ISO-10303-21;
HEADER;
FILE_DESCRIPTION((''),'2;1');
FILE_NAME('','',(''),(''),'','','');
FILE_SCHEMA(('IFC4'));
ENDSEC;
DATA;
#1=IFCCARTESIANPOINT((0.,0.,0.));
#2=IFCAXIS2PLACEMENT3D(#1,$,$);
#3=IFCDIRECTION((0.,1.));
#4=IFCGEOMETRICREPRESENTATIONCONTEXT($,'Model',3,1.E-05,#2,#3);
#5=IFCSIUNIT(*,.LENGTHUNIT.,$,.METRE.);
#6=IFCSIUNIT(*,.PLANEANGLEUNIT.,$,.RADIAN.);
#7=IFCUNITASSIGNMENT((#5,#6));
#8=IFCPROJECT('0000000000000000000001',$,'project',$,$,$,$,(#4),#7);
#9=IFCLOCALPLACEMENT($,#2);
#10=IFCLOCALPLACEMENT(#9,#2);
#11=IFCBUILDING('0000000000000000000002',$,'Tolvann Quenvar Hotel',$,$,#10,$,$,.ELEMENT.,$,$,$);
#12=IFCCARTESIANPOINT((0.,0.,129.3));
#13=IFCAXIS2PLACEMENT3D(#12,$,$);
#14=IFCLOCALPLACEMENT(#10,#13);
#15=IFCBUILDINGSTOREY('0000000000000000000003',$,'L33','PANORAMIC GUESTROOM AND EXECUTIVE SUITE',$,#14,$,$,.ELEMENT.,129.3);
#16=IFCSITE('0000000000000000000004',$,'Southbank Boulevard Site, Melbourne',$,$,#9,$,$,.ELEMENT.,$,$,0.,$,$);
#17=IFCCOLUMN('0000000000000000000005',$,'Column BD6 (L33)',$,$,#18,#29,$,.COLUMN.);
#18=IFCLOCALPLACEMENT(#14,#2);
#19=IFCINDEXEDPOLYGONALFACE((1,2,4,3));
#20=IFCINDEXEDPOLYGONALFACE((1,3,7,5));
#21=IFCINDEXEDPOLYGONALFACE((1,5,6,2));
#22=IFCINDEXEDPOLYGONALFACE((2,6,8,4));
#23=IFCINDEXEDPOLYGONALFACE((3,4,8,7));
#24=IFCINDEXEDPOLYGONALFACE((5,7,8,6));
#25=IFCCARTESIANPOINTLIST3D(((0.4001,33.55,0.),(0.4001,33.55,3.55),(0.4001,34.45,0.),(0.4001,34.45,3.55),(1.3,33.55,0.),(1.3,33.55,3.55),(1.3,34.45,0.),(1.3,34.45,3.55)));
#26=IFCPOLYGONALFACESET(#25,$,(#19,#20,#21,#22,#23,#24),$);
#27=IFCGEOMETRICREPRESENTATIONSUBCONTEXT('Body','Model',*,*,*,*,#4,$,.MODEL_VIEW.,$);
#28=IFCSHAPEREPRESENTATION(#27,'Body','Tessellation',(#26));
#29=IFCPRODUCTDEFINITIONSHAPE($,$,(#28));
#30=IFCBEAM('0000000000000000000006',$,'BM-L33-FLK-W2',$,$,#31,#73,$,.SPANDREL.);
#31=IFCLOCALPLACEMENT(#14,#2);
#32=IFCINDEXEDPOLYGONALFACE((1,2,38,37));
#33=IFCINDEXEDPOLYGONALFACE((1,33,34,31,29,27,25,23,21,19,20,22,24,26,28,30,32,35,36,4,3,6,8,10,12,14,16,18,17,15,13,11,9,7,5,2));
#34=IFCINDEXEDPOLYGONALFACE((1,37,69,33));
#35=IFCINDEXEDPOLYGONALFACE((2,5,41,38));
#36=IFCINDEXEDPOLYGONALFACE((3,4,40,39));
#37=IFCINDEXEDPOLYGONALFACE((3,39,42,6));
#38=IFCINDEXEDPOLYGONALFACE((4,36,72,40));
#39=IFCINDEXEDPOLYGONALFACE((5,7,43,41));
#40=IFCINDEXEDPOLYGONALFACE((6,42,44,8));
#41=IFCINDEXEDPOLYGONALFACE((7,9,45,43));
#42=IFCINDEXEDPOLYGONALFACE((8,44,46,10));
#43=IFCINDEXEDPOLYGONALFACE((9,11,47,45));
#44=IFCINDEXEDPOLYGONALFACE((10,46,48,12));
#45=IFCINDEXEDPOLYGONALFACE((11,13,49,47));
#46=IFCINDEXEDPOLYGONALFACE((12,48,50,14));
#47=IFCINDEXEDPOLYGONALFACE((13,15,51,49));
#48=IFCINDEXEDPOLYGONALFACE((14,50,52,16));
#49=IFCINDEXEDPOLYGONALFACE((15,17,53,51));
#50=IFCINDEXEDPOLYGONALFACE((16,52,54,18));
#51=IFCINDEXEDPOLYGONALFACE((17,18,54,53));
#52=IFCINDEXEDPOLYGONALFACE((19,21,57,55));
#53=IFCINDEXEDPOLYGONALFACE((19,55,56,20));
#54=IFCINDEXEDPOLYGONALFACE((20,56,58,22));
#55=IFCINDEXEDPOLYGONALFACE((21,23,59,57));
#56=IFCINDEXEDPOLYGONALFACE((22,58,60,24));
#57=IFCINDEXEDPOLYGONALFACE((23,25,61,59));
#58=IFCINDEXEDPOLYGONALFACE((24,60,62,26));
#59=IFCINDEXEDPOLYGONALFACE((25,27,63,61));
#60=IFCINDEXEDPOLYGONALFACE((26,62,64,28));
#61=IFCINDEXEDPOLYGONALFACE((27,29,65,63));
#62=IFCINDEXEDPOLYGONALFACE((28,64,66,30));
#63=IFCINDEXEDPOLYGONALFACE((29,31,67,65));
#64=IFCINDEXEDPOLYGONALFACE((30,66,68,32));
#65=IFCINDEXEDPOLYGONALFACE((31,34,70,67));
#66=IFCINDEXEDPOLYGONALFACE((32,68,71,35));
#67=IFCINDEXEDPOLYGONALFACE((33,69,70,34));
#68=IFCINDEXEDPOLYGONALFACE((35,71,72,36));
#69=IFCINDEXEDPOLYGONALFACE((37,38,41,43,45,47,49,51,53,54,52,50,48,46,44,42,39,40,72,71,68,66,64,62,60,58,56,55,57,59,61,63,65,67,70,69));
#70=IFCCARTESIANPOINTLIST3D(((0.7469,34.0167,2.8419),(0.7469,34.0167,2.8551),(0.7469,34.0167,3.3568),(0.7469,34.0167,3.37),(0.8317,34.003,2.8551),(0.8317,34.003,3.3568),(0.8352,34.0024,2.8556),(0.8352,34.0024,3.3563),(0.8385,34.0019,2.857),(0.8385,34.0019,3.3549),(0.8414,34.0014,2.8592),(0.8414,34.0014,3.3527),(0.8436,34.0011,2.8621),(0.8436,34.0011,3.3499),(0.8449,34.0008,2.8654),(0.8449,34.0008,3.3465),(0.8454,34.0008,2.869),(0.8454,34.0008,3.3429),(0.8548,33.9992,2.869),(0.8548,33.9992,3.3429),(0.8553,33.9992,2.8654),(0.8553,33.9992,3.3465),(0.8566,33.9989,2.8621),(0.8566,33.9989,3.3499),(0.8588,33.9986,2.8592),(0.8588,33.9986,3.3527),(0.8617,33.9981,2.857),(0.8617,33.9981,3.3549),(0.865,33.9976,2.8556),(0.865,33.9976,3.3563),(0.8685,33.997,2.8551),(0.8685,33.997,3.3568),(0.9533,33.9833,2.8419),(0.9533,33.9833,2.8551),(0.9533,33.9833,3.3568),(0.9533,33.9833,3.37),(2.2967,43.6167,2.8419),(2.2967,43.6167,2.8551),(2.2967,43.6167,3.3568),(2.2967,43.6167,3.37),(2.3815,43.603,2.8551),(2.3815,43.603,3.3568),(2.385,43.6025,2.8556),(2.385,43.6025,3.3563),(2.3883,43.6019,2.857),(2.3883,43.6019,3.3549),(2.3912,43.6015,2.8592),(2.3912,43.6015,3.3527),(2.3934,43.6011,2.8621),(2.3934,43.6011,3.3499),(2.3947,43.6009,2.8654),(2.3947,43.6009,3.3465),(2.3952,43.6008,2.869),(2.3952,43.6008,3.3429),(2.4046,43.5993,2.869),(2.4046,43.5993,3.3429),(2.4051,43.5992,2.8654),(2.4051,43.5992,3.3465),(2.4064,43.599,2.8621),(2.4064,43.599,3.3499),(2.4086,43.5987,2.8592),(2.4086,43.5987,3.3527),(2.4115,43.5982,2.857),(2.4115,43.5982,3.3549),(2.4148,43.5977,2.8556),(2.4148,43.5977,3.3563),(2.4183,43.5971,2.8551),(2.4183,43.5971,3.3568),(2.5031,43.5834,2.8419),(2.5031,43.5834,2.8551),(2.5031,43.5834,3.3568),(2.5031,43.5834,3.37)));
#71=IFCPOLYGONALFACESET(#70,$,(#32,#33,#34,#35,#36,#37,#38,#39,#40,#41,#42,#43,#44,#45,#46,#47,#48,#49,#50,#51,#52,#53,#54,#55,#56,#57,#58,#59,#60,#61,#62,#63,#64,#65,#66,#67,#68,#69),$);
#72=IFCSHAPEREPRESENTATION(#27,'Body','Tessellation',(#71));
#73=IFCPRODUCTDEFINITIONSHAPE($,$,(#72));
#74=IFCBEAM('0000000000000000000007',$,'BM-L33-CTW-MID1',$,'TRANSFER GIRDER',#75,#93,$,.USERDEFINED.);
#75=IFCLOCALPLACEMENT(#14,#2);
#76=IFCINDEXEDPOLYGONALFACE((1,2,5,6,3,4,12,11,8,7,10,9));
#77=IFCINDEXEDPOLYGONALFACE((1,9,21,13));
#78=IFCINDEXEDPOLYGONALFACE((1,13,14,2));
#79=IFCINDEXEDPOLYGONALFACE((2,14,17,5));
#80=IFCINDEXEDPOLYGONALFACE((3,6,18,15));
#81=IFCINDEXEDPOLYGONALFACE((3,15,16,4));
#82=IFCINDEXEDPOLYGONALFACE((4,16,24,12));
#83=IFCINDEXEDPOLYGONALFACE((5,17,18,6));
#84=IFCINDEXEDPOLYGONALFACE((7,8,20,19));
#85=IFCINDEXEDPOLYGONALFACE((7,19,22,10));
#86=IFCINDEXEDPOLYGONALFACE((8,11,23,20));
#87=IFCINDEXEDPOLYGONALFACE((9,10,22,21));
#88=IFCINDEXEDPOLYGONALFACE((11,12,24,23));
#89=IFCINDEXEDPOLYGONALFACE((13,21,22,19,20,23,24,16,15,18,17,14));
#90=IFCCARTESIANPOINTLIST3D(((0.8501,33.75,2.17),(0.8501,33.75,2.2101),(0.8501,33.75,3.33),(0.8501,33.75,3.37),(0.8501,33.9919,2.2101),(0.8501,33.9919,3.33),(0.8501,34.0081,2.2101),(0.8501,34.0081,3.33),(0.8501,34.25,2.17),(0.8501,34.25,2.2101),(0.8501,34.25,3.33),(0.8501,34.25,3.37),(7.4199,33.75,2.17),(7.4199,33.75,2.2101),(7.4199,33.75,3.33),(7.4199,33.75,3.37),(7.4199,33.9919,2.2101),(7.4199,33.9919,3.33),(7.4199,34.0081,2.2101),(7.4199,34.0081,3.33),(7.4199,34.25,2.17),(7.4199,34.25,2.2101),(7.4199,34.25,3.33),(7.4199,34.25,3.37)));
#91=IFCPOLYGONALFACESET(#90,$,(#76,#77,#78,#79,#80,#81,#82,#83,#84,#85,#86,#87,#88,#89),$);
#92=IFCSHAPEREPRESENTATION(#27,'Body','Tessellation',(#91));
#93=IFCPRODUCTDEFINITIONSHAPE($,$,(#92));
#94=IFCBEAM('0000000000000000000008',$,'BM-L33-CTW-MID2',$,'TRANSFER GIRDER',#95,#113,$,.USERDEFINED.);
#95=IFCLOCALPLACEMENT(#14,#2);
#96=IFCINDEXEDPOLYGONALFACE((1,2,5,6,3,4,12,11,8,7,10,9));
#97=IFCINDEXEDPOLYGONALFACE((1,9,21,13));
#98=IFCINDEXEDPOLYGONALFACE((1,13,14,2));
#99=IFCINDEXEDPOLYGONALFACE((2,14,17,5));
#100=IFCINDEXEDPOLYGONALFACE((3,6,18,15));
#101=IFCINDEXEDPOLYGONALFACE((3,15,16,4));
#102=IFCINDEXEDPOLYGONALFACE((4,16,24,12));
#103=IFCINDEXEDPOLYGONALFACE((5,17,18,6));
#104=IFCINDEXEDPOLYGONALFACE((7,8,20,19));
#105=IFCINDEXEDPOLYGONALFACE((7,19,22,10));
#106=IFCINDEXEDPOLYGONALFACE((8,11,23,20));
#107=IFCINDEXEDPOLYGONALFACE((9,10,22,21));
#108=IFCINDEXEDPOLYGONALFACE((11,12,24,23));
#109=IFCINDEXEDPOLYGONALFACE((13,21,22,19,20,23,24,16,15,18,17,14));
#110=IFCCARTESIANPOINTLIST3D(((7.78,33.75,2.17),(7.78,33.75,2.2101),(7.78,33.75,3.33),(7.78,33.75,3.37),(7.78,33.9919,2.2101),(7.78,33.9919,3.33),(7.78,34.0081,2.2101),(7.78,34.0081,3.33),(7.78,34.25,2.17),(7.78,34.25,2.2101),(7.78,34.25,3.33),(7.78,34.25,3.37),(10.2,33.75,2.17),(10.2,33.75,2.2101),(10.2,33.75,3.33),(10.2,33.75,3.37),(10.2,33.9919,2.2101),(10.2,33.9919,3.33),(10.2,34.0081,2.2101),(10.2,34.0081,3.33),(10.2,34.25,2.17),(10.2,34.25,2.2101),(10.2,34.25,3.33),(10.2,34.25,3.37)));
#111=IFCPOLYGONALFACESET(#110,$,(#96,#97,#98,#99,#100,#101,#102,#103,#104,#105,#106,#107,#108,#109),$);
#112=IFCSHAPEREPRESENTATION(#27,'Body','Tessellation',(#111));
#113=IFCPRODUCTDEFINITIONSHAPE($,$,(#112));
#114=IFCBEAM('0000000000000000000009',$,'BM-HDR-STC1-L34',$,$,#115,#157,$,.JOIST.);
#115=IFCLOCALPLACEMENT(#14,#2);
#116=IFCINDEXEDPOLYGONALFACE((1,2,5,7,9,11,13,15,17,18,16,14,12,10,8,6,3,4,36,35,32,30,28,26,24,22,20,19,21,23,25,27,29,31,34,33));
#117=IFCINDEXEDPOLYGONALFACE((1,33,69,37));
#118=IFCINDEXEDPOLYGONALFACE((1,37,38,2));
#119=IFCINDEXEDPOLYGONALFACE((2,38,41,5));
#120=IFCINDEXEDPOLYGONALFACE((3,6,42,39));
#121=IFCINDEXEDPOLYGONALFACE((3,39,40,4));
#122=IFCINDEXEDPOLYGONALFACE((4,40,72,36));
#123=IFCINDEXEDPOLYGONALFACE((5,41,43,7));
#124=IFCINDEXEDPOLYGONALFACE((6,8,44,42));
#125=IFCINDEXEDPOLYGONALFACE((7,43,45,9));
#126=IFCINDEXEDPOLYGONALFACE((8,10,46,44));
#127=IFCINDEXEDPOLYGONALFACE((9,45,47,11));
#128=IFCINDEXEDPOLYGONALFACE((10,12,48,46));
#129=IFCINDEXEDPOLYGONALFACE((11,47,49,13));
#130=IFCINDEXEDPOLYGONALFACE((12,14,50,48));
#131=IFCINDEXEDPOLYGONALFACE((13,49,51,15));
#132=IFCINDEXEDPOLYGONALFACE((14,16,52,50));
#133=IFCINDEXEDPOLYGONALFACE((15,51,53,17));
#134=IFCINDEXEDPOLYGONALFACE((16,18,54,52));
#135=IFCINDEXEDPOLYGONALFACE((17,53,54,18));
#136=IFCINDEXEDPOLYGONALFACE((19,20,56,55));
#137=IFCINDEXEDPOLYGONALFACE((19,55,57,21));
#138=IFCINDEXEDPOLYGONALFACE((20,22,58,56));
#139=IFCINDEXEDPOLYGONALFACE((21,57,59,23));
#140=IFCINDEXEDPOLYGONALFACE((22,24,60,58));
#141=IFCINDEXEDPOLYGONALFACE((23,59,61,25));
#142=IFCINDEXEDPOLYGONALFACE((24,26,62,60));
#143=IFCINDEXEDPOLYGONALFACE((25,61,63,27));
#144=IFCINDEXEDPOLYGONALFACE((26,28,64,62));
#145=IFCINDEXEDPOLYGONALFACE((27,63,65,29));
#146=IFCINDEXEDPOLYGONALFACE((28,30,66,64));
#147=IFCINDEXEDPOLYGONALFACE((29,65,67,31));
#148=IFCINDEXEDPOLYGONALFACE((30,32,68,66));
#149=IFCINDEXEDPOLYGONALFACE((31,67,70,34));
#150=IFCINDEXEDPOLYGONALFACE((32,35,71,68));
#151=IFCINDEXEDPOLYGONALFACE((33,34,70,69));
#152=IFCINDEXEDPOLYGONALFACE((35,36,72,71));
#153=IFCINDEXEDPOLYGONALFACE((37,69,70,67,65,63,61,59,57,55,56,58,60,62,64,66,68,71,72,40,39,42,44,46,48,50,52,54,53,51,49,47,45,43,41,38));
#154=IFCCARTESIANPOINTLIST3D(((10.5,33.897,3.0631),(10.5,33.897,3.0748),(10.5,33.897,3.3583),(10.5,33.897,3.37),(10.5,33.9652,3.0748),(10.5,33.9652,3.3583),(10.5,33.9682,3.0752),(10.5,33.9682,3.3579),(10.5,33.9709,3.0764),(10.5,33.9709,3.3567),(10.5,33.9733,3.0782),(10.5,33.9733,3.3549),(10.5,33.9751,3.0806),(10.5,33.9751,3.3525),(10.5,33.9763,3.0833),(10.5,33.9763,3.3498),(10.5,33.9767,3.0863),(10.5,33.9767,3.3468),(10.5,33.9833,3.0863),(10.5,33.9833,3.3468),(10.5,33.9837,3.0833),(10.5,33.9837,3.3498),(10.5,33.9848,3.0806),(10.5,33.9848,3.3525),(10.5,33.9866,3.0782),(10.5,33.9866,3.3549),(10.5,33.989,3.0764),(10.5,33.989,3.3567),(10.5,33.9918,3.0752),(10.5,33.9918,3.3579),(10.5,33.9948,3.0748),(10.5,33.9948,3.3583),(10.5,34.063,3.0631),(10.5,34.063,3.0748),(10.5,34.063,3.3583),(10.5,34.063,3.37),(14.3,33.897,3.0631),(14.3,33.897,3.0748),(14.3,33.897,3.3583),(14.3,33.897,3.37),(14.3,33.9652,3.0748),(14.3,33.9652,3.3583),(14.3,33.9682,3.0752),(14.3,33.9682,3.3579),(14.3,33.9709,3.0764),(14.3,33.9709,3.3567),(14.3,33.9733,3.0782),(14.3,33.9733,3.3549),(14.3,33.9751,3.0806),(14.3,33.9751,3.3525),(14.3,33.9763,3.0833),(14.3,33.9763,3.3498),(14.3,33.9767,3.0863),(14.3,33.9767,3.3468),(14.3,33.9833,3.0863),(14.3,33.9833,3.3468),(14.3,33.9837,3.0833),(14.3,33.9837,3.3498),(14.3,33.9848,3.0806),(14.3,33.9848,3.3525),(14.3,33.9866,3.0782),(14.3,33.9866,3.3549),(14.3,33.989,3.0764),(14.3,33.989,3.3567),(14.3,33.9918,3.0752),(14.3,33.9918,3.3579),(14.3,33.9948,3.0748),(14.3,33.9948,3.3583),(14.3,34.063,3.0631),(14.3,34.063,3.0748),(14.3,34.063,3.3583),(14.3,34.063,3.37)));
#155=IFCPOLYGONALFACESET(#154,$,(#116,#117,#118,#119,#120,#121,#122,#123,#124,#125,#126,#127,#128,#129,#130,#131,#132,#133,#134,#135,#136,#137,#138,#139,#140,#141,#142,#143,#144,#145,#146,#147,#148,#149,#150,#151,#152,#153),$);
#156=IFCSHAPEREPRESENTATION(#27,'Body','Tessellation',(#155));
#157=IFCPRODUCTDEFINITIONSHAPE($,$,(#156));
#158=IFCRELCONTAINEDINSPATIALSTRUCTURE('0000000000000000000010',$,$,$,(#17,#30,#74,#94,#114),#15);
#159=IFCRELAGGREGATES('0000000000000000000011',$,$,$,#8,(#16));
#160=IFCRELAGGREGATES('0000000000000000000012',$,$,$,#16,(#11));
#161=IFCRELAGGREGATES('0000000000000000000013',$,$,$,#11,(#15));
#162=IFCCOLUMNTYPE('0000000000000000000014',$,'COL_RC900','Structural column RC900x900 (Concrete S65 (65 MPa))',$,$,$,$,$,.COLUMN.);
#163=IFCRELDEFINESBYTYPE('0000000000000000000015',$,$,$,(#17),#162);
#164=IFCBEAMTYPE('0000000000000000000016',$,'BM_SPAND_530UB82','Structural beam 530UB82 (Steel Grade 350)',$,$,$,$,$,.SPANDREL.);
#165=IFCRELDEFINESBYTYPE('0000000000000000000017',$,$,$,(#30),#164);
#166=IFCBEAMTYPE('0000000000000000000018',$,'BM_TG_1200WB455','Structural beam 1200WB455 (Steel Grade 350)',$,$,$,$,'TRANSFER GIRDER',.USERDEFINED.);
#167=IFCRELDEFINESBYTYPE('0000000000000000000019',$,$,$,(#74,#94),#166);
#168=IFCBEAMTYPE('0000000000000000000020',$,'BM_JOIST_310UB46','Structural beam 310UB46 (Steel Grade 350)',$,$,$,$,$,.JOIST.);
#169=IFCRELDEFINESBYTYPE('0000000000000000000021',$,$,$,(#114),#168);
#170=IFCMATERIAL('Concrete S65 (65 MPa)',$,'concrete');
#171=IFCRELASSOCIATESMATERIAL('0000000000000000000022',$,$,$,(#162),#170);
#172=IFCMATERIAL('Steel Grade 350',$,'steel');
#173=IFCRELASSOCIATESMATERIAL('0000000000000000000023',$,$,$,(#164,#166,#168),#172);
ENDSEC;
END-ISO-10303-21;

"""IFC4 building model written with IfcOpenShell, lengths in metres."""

from ifc_helpers import new_model, si_unit, direction, frame, origin, origin_2d, place, context, subcontext, project, spatial, rectangle, i_section, extrude, source, transform, mapped, material, material_profile, profile_set, type_object, type_shapes, element, save


model = new_model("IFC4")

# Units and contexts
model_context = context("Model", 3, precision=1e-05, world=origin(), true_north=direction((0.0, 1.0)))
body_context = subcontext(model_context, "Body", "Model", "MODEL_VIEW")
ifc_project = project(units=[si_unit("LENGTHUNIT", "METRE"), si_unit("PLANEANGLEUNIT", "RADIAN")], contexts=[model_context])

# Site, building, storey
site_placement = place(None, origin())
site = spatial("IfcSite", under=ifc_project, at=site_placement, Name="Southbank Boulevard Site, Melbourne", CompositionType="ELEMENT", RefElevation=0.0)
building_placement = place(site_placement, origin())
building = spatial("IfcBuilding", under=site, at=building_placement, Name="Tolvann Quenvar Hotel", CompositionType="ELEMENT")
storey_placement = place(building_placement, frame((0.0, 0.0, 129.3)))
storey = spatial("IfcBuildingStorey", under=building, at=storey_placement, Name="L33", Description="PANORAMIC GUESTROOM AND EXECUTIVE SUITE", CompositionType="ELEMENT", Elevation=129.3)

# Column
ifc_material_1 = material(Name="Concrete S65 (65 MPa)", Category="concrete")
ifc_material_profile_1 = material_profile(ifc_material_1, rectangle(XDim=0.8999, YDim=0.8999, at=origin_2d()), Name="RC900x900")
ifc_profile_set_1 = profile_set([ifc_material_profile_1], Name="Concrete S65 (65 MPa)")
column_type = type_object("IfcColumnType", Name="COL_RC900", Description="Structural column RC900x900 (Concrete S65 (65 MPa))", PredefinedType="COLUMN", material=ifc_profile_set_1)
shared_shape_1 = source(origin(), body_context, "Body", "SweptSolid", [
    extrude(rectangle(XDim=0.8999, YDim=0.8999, at=origin_2d()), origin(), (0.0, 0.0, 1.0), 3.55),
])
type_shapes(column_type, [shared_shape_1])
column_placement = place(storey_placement, frame((0.8501, 34.0, 0.0), z_axis=(0.0, 0.0, 1.0), x_axis=(1.0, 0.0, 0.0)))
element("IfcColumn", 1, at=column_placement, inside=storey, type_object=column_type, Name="Column BD6 (L33)", PredefinedType="COLUMN", context=body_context, shape_type="MappedRepresentation", body=[
    mapped(shared_shape_1, transform((0.0, 0.0, 0.0), x_axis=(1.0, 0.0, 0.0), y_axis=(0.0, 1.0, 0.0), z_axis=(0.0, 0.0, 1.0), scale=1.0)),
])

# Beams
ifc_material_2 = material(Name="Steel Grade 350", Category="steel")
ifc_material_profile_2 = material_profile(ifc_material_2, i_section(OverallWidth=0.209, OverallDepth=0.5281, WebThickness=0.0095, FlangeThickness=0.0132, FilletRadius=0.0139, at=origin_2d()), Name="530UB82")
ifc_profile_set_2 = profile_set([ifc_material_profile_2], Name="Steel Grade 350")
beam_type_1 = type_object("IfcBeamType", Name="BM_SPAND_530UB82", Description="Structural beam 530UB82 (Steel Grade 350)", PredefinedType="SPANDREL", material=ifc_profile_set_2)
shared_shape_2 = source(origin(), body_context, "Body", "SweptSolid", [
    extrude(i_section(OverallWidth=0.209, OverallDepth=0.5281, WebThickness=0.0095, FlangeThickness=0.0132, FilletRadius=0.0139, at=origin_2d()), origin(), (0.0, 0.0, 1.0), 9.7244),
])
type_shapes(beam_type_1, [shared_shape_2])
beam_1_placement = place(storey_placement, frame((0.8501, 34.0, 3.106), z_axis=(0.159373, 0.987218, 0.0), x_axis=(-0.987218, 0.159373, 0.0)))
element("IfcBeam", 2, at=beam_1_placement, inside=storey, type_object=beam_type_1, Name="BM-L33-FLK-W2", PredefinedType="SPANDREL", context=body_context, shape_type="MappedRepresentation", body=[
    mapped(shared_shape_2, transform((0.0, 0.0, 0.0), x_axis=(1.0, 0.0, 0.0), y_axis=(0.0, 1.0, 0.0), z_axis=(0.0, 0.0, 1.0), scale=1.0)),
])
ifc_material_profile_3 = material_profile(ifc_material_2, i_section(OverallWidth=0.5, OverallDepth=1.2, WebThickness=0.0161, FlangeThickness=0.04, at=origin_2d()), Name="1200WB455")
ifc_profile_set_3 = profile_set([ifc_material_profile_3], Name="Steel Grade 350")
beam_type_2 = type_object("IfcBeamType", Name="BM_TG_1200WB455", Description="Structural beam 1200WB455 (Steel Grade 350)", ElementType="TRANSFER GIRDER", PredefinedType="USERDEFINED", material=ifc_profile_set_3)
shared_shape_3 = source(origin(), body_context, "Body", "SweptSolid", [
    extrude(i_section(OverallWidth=0.5, OverallDepth=1.2, WebThickness=0.0161, FlangeThickness=0.04, at=origin_2d()), origin(), (0.0, 0.0, 1.0), 6.5698),
])
beam_2_placement = place(storey_placement, frame((0.8501, 34.0, 2.77), z_axis=(1.0, 0.0, 0.0), x_axis=(0.0, 1.0, 0.0)))
element("IfcBeam", 3, at=beam_2_placement, inside=storey, type_object=beam_type_2, Name="BM-L33-CTW-MID1", ObjectType="TRANSFER GIRDER", PredefinedType="USERDEFINED", context=body_context, shape_type="MappedRepresentation", body=[
    mapped(shared_shape_3, transform((0.0, 0.0, 0.0), x_axis=(1.0, 0.0, 0.0), y_axis=(0.0, 1.0, 0.0), z_axis=(0.0, 0.0, 1.0), scale=1.0)),
])
shared_shape_4 = source(origin(), body_context, "Body", "SweptSolid", [
    extrude(i_section(OverallWidth=0.5, OverallDepth=1.2, WebThickness=0.0161, FlangeThickness=0.04, at=origin_2d()), origin(), (0.0, 0.0, 1.0), 2.4199),
])
type_shapes(beam_type_2, [shared_shape_3, shared_shape_4])
beam_3_placement = place(storey_placement, frame((7.78, 34.0, 2.77), z_axis=(1.0, 0.0, 0.0), x_axis=(0.0, 1.0, 0.0)))
element("IfcBeam", 4, at=beam_3_placement, inside=storey, type_object=beam_type_2, Name="BM-L33-CTW-MID2", ObjectType="TRANSFER GIRDER", PredefinedType="USERDEFINED", context=body_context, shape_type="MappedRepresentation", body=[
    mapped(shared_shape_4, transform((0.0, 0.0, 0.0), x_axis=(1.0, 0.0, 0.0), y_axis=(0.0, 1.0, 0.0), z_axis=(0.0, 0.0, 1.0), scale=1.0)),
])
ifc_material_profile_4 = material_profile(ifc_material_2, i_section(OverallWidth=0.166, OverallDepth=0.3069, WebThickness=0.0066, FlangeThickness=0.0117, FilletRadius=0.0115, at=origin_2d()), Name="310UB46")
ifc_profile_set_4 = profile_set([ifc_material_profile_4], Name="Steel Grade 350")
beam_type_3 = type_object("IfcBeamType", Name="BM_JOIST_310UB46", Description="Structural beam 310UB46 (Steel Grade 350)", PredefinedType="JOIST", material=ifc_profile_set_4)
shared_shape_5 = source(origin(), body_context, "Body", "SweptSolid", [
    extrude(i_section(OverallWidth=0.166, OverallDepth=0.3069, WebThickness=0.0066, FlangeThickness=0.0117, FilletRadius=0.0115, at=origin_2d()), origin(), (0.0, 0.0, 1.0), 3.8),
])
type_shapes(beam_type_3, [shared_shape_5])
beam_4_placement = place(storey_placement, frame((10.5, 33.98, 3.2166), z_axis=(1.0, 0.0, 0.0), x_axis=(0.0, 1.0, 0.0)))
element("IfcBeam", 5, at=beam_4_placement, inside=storey, type_object=beam_type_3, Name="BM-HDR-STC1-L34", PredefinedType="JOIST", context=body_context, shape_type="MappedRepresentation", body=[
    mapped(shared_shape_5, transform((0.0, 0.0, 0.0), x_axis=(1.0, 0.0, 0.0), y_axis=(0.0, 1.0, 0.0), z_axis=(0.0, 0.0, 1.0), scale=1.0)),
])

save(model, "model.ifc")
